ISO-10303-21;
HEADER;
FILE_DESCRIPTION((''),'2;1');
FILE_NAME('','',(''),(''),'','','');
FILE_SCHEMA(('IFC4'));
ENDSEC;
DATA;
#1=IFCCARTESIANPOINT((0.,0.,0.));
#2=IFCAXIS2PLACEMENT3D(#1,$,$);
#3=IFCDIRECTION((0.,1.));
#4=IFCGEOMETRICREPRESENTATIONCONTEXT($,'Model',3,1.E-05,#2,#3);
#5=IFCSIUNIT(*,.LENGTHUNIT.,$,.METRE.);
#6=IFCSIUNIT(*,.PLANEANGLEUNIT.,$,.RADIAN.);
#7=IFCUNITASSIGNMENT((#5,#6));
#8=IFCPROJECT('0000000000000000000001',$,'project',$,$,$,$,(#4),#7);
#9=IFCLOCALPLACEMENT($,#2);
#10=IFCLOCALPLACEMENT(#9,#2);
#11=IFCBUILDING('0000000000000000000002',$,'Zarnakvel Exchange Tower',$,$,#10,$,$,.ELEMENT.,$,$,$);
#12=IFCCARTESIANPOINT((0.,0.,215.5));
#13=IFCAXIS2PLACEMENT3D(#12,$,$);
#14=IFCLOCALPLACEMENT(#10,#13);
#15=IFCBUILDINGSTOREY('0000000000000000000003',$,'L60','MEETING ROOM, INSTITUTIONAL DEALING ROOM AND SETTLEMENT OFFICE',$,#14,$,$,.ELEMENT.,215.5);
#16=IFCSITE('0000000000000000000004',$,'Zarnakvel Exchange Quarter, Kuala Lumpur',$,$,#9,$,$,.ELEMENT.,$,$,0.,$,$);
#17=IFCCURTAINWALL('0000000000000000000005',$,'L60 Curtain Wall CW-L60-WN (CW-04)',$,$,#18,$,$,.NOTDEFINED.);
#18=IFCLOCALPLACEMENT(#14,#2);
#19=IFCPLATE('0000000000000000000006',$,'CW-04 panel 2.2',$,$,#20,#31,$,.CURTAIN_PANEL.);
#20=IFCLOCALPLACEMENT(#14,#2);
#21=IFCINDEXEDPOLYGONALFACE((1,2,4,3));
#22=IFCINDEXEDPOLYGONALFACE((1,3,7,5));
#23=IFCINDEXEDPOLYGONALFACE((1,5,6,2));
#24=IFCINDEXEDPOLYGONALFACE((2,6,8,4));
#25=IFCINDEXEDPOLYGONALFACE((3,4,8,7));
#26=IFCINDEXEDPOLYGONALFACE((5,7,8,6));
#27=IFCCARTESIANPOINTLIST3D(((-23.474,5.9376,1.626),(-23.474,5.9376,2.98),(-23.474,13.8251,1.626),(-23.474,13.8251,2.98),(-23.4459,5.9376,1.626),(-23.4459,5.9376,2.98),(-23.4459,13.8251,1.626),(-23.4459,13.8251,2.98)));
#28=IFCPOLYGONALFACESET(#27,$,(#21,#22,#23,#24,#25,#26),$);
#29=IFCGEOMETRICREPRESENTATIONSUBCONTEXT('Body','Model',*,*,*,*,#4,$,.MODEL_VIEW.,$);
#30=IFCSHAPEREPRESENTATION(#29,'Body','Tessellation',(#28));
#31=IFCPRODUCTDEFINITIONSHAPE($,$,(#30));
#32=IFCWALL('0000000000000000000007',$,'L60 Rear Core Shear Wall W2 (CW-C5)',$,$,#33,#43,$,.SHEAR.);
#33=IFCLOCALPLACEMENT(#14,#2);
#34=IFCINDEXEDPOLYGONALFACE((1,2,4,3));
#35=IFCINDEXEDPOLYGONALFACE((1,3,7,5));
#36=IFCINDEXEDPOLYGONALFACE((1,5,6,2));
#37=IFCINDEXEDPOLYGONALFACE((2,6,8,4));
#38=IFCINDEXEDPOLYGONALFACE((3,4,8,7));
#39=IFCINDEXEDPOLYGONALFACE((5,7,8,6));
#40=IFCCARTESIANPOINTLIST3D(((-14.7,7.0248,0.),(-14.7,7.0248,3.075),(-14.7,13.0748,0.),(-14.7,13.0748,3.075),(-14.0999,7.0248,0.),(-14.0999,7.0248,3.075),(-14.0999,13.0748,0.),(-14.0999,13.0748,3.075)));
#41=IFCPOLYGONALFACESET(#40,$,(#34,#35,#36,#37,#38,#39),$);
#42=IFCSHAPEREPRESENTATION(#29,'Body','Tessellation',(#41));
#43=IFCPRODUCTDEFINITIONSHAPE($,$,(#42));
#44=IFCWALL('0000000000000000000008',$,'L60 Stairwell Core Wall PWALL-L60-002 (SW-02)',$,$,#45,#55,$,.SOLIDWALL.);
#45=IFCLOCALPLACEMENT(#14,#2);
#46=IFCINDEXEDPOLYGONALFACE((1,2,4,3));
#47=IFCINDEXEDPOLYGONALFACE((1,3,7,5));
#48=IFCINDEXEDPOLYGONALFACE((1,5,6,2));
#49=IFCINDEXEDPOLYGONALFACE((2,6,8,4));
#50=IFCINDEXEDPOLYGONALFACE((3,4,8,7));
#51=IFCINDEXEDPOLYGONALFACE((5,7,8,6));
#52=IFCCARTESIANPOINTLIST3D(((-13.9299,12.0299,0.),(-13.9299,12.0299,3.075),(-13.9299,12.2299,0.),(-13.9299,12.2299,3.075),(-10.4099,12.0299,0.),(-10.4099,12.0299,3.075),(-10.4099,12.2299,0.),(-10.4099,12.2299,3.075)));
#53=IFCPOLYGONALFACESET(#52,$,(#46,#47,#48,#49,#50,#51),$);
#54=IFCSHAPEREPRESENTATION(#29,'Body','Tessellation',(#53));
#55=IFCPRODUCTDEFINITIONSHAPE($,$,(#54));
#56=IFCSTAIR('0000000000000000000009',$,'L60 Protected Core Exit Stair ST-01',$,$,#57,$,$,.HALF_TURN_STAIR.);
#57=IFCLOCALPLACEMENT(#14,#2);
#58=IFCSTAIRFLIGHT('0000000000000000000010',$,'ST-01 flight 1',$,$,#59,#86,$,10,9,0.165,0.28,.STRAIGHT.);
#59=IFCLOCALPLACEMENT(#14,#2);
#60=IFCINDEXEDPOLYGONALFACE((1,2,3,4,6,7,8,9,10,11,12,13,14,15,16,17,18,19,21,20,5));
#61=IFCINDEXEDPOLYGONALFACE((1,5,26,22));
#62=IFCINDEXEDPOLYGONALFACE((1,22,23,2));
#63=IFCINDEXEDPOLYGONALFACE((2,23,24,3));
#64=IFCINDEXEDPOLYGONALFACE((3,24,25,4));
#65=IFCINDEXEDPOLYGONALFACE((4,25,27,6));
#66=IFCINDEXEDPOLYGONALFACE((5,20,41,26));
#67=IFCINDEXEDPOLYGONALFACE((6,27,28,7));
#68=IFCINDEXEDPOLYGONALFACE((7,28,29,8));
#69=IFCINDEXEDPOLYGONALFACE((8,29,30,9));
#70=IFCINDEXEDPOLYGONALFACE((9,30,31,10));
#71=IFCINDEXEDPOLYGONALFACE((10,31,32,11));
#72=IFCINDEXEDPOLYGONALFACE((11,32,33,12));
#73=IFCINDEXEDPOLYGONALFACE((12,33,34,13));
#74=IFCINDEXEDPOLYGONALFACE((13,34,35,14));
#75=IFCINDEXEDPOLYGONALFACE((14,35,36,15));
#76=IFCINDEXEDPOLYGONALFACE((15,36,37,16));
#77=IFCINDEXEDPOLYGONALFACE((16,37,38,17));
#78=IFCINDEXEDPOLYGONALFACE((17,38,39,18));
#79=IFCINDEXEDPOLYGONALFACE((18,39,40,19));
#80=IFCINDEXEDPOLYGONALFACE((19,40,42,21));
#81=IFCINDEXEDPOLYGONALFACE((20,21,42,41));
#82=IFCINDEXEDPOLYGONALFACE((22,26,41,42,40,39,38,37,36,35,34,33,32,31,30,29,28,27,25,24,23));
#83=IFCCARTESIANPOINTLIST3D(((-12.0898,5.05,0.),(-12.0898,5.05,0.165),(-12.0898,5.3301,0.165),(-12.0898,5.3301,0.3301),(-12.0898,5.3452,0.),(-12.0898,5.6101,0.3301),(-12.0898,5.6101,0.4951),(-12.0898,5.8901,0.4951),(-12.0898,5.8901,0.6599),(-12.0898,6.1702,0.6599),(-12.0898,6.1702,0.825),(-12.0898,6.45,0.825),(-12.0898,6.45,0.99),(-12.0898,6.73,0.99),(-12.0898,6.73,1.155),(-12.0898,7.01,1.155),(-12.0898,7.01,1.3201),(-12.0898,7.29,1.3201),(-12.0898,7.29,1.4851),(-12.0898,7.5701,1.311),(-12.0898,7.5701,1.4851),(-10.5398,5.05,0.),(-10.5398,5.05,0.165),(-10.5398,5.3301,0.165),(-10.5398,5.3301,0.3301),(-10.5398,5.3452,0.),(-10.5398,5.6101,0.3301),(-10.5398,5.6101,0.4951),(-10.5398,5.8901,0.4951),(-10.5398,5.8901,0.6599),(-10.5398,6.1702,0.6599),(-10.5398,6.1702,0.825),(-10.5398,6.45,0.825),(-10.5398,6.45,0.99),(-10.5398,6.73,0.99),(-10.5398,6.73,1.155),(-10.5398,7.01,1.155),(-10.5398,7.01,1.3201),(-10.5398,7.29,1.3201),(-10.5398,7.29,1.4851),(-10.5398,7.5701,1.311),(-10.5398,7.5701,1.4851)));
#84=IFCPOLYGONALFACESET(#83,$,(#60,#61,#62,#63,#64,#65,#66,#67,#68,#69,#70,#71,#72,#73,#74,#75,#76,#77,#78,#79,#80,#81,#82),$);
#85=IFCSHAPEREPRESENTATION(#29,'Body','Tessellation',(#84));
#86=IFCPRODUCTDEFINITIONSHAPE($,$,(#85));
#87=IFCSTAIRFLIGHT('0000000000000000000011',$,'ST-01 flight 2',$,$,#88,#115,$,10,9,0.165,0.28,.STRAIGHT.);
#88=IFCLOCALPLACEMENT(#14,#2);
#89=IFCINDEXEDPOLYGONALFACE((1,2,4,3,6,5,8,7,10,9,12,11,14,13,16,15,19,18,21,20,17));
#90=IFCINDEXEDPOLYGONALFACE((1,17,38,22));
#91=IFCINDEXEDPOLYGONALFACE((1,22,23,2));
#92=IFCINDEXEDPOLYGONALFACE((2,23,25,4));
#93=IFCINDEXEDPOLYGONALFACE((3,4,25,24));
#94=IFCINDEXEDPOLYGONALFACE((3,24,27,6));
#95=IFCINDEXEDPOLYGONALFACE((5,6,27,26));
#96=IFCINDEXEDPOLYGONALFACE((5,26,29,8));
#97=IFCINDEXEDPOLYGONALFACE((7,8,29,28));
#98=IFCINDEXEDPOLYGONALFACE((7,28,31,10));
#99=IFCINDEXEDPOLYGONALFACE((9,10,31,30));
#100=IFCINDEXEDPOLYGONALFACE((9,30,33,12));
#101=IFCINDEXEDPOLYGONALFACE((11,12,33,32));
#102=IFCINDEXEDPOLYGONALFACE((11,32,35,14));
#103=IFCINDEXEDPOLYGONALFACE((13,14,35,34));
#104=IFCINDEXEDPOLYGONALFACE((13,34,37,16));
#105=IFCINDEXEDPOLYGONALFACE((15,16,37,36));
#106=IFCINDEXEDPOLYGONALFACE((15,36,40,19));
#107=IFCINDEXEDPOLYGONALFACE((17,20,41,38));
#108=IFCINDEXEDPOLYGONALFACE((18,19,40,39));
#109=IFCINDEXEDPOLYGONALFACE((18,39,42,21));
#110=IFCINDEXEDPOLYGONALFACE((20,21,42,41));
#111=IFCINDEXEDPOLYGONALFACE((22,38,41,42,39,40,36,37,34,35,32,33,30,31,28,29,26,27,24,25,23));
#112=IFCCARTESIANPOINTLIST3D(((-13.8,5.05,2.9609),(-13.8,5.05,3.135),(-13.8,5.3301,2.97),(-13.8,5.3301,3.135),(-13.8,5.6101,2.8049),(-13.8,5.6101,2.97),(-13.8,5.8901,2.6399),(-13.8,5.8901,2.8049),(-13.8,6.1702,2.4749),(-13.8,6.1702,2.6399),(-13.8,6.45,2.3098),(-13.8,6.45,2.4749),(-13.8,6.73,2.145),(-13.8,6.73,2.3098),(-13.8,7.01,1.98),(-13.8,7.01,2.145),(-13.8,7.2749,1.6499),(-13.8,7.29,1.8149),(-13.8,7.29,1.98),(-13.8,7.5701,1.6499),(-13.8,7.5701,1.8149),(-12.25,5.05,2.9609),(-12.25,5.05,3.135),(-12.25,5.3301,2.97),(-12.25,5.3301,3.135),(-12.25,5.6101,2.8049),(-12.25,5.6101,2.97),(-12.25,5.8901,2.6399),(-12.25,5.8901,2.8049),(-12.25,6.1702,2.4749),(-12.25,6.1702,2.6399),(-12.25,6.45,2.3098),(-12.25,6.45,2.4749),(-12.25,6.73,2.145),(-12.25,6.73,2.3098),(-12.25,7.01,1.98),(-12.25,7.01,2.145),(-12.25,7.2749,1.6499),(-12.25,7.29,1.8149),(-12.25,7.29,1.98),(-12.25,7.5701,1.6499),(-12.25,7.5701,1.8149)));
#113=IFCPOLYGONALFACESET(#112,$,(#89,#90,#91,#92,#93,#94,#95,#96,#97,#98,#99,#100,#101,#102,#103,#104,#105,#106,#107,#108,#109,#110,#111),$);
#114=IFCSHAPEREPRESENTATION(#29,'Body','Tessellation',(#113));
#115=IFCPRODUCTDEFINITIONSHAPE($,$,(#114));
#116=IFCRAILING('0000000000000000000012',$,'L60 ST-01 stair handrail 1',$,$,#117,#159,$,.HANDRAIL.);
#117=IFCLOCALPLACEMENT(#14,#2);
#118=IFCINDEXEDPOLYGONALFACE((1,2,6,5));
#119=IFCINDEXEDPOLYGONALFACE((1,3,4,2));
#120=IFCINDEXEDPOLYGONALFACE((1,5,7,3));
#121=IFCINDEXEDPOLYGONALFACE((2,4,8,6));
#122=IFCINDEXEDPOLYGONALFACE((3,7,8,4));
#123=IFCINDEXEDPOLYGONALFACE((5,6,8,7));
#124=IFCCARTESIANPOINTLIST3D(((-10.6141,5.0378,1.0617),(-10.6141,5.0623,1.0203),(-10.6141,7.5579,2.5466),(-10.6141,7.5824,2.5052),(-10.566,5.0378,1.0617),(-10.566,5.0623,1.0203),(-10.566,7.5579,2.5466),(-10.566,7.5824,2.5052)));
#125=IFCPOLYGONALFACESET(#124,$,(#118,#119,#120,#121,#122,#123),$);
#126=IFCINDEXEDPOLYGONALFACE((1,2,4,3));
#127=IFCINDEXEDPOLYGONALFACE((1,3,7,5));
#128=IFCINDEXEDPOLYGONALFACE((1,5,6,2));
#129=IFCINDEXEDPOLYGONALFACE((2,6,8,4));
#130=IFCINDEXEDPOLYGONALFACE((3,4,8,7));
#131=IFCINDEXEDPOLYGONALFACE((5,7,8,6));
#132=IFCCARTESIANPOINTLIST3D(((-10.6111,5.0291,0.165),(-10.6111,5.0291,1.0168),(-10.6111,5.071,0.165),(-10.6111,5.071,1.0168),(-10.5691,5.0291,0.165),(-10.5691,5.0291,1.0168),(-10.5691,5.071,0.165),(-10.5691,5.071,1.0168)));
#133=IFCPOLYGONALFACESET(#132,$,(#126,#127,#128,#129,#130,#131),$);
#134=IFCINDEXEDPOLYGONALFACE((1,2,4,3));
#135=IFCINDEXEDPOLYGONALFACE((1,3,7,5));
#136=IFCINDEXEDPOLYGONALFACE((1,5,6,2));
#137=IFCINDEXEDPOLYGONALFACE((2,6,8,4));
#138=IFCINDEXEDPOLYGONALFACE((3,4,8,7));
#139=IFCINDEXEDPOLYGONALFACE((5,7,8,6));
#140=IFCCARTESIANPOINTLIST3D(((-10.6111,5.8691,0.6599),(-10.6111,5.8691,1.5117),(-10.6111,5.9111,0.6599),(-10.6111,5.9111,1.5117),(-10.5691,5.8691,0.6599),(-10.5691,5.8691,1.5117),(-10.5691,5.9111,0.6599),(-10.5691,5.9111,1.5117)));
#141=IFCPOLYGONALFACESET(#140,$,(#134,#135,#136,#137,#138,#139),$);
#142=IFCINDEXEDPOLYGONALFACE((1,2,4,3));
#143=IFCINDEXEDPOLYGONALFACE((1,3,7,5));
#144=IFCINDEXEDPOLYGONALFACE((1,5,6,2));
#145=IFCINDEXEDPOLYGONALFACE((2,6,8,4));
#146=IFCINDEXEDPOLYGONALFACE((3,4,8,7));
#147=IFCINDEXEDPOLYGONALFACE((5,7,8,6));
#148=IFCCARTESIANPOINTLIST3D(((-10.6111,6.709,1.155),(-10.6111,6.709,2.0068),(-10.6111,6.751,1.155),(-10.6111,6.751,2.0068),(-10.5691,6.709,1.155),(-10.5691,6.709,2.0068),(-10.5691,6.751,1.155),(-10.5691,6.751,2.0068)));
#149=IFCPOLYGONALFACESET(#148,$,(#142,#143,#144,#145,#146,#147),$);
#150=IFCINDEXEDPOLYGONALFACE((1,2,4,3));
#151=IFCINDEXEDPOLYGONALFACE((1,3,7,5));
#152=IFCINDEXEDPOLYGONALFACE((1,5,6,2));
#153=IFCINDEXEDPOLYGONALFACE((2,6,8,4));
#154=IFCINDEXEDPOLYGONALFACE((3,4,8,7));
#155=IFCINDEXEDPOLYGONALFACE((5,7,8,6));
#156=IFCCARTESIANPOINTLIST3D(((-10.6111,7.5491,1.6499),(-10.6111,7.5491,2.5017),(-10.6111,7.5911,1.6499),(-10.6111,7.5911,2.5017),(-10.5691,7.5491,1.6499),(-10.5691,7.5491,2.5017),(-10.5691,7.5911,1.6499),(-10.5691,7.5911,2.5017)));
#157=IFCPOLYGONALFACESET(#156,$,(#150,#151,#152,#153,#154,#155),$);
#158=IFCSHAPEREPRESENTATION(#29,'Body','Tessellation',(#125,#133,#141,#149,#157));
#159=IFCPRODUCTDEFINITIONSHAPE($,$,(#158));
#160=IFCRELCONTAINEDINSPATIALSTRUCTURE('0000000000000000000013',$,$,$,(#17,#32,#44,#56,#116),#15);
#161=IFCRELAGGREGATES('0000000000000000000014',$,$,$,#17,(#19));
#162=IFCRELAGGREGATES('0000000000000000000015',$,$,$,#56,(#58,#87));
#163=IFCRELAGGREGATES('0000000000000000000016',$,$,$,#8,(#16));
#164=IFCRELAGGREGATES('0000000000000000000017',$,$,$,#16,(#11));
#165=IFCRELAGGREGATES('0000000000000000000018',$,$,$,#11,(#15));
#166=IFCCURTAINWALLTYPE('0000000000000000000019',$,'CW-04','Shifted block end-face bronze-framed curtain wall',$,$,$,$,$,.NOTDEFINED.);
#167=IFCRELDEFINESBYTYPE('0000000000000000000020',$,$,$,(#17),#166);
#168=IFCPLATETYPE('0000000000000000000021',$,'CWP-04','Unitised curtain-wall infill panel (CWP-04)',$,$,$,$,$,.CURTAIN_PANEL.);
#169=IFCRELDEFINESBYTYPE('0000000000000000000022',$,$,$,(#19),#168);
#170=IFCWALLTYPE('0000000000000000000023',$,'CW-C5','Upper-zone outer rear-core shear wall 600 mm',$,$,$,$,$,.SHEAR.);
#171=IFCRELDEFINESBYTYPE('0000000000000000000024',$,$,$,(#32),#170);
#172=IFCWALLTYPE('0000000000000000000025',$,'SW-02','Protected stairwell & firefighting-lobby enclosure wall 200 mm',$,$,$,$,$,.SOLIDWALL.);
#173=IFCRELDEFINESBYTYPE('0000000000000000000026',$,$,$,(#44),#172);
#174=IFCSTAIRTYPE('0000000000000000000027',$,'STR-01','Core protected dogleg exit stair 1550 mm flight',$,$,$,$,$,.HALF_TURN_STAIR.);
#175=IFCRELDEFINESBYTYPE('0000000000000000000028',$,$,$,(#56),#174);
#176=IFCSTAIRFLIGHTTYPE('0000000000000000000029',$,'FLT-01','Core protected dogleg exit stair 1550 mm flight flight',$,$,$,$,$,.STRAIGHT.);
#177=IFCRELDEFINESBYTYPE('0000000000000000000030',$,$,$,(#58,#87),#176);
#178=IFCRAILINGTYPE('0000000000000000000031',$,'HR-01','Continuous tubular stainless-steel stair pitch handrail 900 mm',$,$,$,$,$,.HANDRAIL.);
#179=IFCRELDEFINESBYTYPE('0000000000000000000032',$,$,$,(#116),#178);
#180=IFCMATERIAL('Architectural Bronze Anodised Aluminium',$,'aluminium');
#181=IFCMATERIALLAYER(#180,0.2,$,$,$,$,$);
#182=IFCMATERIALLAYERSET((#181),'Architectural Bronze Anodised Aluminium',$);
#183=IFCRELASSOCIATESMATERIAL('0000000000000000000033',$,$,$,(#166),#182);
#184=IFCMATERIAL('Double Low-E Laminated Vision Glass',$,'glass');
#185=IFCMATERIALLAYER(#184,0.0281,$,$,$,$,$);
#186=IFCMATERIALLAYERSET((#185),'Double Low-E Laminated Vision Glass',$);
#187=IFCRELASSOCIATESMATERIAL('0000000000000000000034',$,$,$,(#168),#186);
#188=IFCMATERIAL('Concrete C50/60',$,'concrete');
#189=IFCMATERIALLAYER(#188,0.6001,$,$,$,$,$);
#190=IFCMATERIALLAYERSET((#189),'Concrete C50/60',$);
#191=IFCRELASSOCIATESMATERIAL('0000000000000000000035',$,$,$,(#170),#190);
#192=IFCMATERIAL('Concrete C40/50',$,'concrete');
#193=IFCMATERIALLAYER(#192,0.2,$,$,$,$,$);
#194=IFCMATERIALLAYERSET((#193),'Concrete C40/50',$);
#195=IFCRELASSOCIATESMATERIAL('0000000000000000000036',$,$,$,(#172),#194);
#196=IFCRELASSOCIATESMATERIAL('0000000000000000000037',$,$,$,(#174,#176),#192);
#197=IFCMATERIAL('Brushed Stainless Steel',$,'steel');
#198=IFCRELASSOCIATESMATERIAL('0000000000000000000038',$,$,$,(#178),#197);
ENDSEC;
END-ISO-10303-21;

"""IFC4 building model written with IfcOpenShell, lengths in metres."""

from ifc_helpers import new_model, si_unit, direction, frame, frame_2d, origin, origin_2d, place, context, subcontext, project, spatial, polyline, rectangle, outline, extrude, source, transform, mapped, material, layer, layer_set, type_object, element, aggregate, save


model = new_model("IFC4")

# Units and contexts
model_context = context("Model", 3, precision=1e-05, world=origin(), true_north=direction((0.0, 1.0)))
body_context = subcontext(model_context, "Body", "Model", "MODEL_VIEW")
ifc_project = project(units=[si_unit("LENGTHUNIT", "METRE"), si_unit("PLANEANGLEUNIT", "RADIAN")], contexts=[model_context])

# Site, building, storey
site_placement = place(None, origin())
site = spatial("IfcSite", under=ifc_project, at=site_placement, Name="Zarnakvel Exchange Quarter, Kuala Lumpur", CompositionType="ELEMENT", RefElevation=0.0)
building_placement = place(site_placement, origin())
building = spatial("IfcBuilding", under=site, at=building_placement, Name="Zarnakvel Exchange Tower", CompositionType="ELEMENT")
storey_placement = place(building_placement, frame((0.0, 0.0, 215.5)))
storey = spatial("IfcBuildingStorey", under=building, at=storey_placement, Name="L60", Description="MEETING ROOM, INSTITUTIONAL DEALING ROOM AND SETTLEMENT OFFICE", CompositionType="ELEMENT", Elevation=215.5)

# Shared definitions
ifc_material_1 = material(Name="Concrete C50/60", Category="concrete")

# Curtain wall, plate
ifc_material_2 = material(Name="Architectural Bronze Anodised Aluminium", Category="aluminium")
ifc_layer_1 = layer(ifc_material_2, 0.2)
ifc_layer_set_1 = layer_set([ifc_layer_1], Name="Architectural Bronze Anodised Aluminium")
curtain_wall_type = type_object("IfcCurtainWallType", Name="CW-04", Description="Shifted block end-face bronze-framed curtain wall", PredefinedType="NOTDEFINED", material=ifc_layer_set_1)
curtain_wall_placement = place(storey_placement, origin())
curtain_wall = element("IfcCurtainWall", 1, at=curtain_wall_placement, inside=storey, type_object=curtain_wall_type, Name="L60 Curtain Wall CW-L60-WN (CW-04)", PredefinedType="NOTDEFINED")
ifc_material_3 = material(Name="Double Low-E Laminated Vision Glass", Category="glass")
ifc_layer_2 = layer(ifc_material_3, 0.0281)
ifc_layer_set_2 = layer_set([ifc_layer_2], Name="Double Low-E Laminated Vision Glass")
plate_type = type_object("IfcPlateType", Name="CWP-04", Description="Unitised curtain-wall infill panel (CWP-04)", PredefinedType="CURTAIN_PANEL", material=ifc_layer_set_2)
shared_shape_1 = source(origin(), body_context, "Body", "SweptSolid", [
    extrude(rectangle(XDim=7.8875, YDim=0.0281, at=origin_2d()), origin(), (0.0, 0.0, 1.0), 1.354),
])
plate_1_placement = place(storey_placement, frame((-23.46, 9.8813, 1.626), z_axis=(0.0, 0.0, 1.0), x_axis=(0.0, 1.0, 0.0)))
plate_1 = element("IfcPlate", 2, at=plate_1_placement, type_object=plate_type, Name="CW-04 panel 2.2", PredefinedType="CURTAIN_PANEL", context=body_context, shape_type="MappedRepresentation", body=[
    mapped(shared_shape_1, transform((0.0, 0.0, 0.0), x_axis=(1.0, 0.0, 0.0), y_axis=(0.0, 1.0, 0.0), z_axis=(0.0, 0.0, 1.0), scale=1.0)),
])
aggregate(curtain_wall, [plate_1])

# Wall
ifc_layer_3 = layer(ifc_material_1, 0.6001)
ifc_layer_set_3 = layer_set([ifc_layer_3], Name="Concrete C50/60")
wall_type_1 = type_object("IfcWallType", Name="CW-C5", Description="Upper-zone outer rear-core shear wall 600 mm", PredefinedType="SHEAR", material=ifc_layer_set_3)
wall_1_placement = place(storey_placement, frame((-14.3999, 7.0249, 0.0), z_axis=(0.0, 0.0, 1.0), x_axis=(0.0, 1.0, 0.0)))
element("IfcWall", 3, at=wall_1_placement, inside=storey, type_object=wall_type_1, Name="L60 Rear Core Shear Wall W2 (CW-C5)", PredefinedType="SHEAR", context=body_context, shape_type="SweptSolid", body=[
    extrude(rectangle(XDim=6.05, YDim=0.6001, at=frame_2d((3.0249, 0.0))), origin(), (0.0, 0.0, 1.0), 3.075),
])

# Shared definitions
ifc_material_4 = material(Name="Concrete C40/50", Category="concrete")
ifc_layer_4 = layer(ifc_material_4, 0.2)
ifc_layer_set_4 = layer_set([ifc_layer_4], Name="Concrete C40/50")
wall_type_2 = type_object("IfcWallType", Name="SW-02", Description="Protected stairwell & firefighting-lobby enclosure wall 200 mm", PredefinedType="SOLIDWALL", material=ifc_layer_set_4)

# Wall
wall_2_placement = place(storey_placement, frame((-13.9299, 12.1299, 0.0), z_axis=(0.0, 0.0, 1.0), x_axis=(1.0, 0.0, 0.0)))
element("IfcWall", 4, at=wall_2_placement, inside=storey, type_object=wall_type_2, Name="L60 Stairwell Core Wall PWALL-L60-002 (SW-02)", PredefinedType="SOLIDWALL", context=body_context, shape_type="SweptSolid", body=[
    extrude(rectangle(XDim=3.52, YDim=0.2, at=frame_2d((1.76, 0.0))), origin(), (0.0, 0.0, 1.0), 3.075),
])

# Stair, stair flights
stair_type = type_object("IfcStairType", Name="STR-01", Description="Core protected dogleg exit stair 1550 mm flight", PredefinedType="HALF_TURN_STAIR", material=ifc_material_4)
stair_placement = place(storey_placement, origin())
stair = element("IfcStair", 5, at=stair_placement, inside=storey, type_object=stair_type, Name="L60 Protected Core Exit Stair ST-01", PredefinedType="HALF_TURN_STAIR")
stair_flight_type = type_object("IfcStairFlightType", Name="FLT-01", Description="Core protected dogleg exit stair 1550 mm flight flight", PredefinedType="STRAIGHT", material=ifc_material_4)
stair_flight_1_placement = place(storey_placement, frame((-11.3149, 5.05, 0.0), z_axis=(0.0, 0.0, 1.0), x_axis=(0.0, 1.0, 0.0)))
stair_flight_1 = element("IfcStairFlight", 6, at=stair_flight_1_placement, type_object=stair_flight_type, Name="ST-01 flight 1", NumberOfRisers=10, NumberOfTreads=9, PredefinedType="STRAIGHT", RiserHeight=0.165, TreadLength=0.28, context=body_context, shape_type="SweptSolid", body=[
    extrude(outline(polyline([(0.0, 0.0), (0.0, 0.165), (0.28, 0.165), (0.28, 0.3301), (0.5601, 0.3301), (0.5601, 0.4951), (0.8401, 0.4951), (0.8401, 0.6599), (1.1201, 0.6599), (1.1201, 0.825), (1.3999, 0.825), (1.3999, 0.99), (1.6799, 0.99), (1.6799, 1.155), (1.96, 1.155), (1.96, 1.3201), (2.24, 1.3201), (2.24, 1.4851), (2.52, 1.4851), (2.52, 1.6499), (2.52, 1.311), (0.2952, 0.0), (0.0, 0.0)])), frame((0.0, 0.7749, 0.0), z_axis=(0.0, -1.0, 0.0), x_axis=(1.0, 0.0, 0.0)), (0.0, 0.0, 1.0), 1.55),
])
stair_flight_2_placement = place(storey_placement, frame((-13.0249, 7.5701, 1.6499), z_axis=(0.0, 0.0, 1.0), x_axis=(0.0, -1.0, 0.0)))
stair_flight_2 = element("IfcStairFlight", 7, at=stair_flight_2_placement, type_object=stair_flight_type, Name="ST-01 flight 2", NumberOfRisers=10, NumberOfTreads=9, PredefinedType="STRAIGHT", RiserHeight=0.165, TreadLength=0.28, context=body_context, shape_type="SweptSolid", body=[
    extrude(outline(polyline([(0.0, 0.0), (0.0, 0.165), (0.28, 0.165), (0.28, 0.3301), (0.5601, 0.3301), (0.5601, 0.4951), (0.8401, 0.4951), (0.8401, 0.6599), (1.1201, 0.6599), (1.1201, 0.825), (1.3999, 0.825), (1.3999, 0.99), (1.6799, 0.99), (1.6799, 1.155), (1.96, 1.155), (1.96, 1.3201), (2.24, 1.3201), (2.24, 1.4851), (2.52, 1.4851), (2.52, 1.6499), (2.52, 1.311), (0.2952, 0.0), (0.0, 0.0)])), frame((0.0, 0.7749, 0.0), z_axis=(0.0, -1.0, 0.0), x_axis=(1.0, 0.0, 0.0)), (0.0, 0.0, 1.0), 1.55),
])
aggregate(stair, [stair_flight_1, stair_flight_2])

# Railing
ifc_material_5 = material(Name="Brushed Stainless Steel", Category="steel")
railing_type_1 = type_object("IfcRailingType", Name="HR-01", Description="Continuous tubular stainless-steel stair pitch handrail 900 mm", PredefinedType="HANDRAIL", material=ifc_material_5)
railing_1_placement = place(storey_placement, frame((-10.5901, 5.05, 0.165)))
element("IfcRailing", 8, at=railing_1_placement, inside=storey, type_object=railing_type_1, Name="L60 ST-01 stair handrail 1", PredefinedType="HANDRAIL", context=body_context, shape_type="SweptSolid", body=[
    extrude(rectangle(XDim=0.0481, YDim=0.0481, at=origin_2d()), frame((0.0, 0.0, 0.876), z_axis=(0.0, 0.861561, 0.507655), x_axis=(-1.0, 0.0, 0.0)), (0.0, 0.0, 1.0), 2.925),
    extrude(rectangle(XDim=0.042, YDim=0.042, at=origin_2d()), origin(), (0.0, 0.0, 1.0), 0.8518),
    extrude(rectangle(XDim=0.042, YDim=0.042, at=origin_2d()), frame((0.0, 0.8401, 0.4949)), (0.0, 0.0, 1.0), 0.8518),
    extrude(rectangle(XDim=0.042, YDim=0.042, at=origin_2d()), frame((0.0, 1.6799, 0.99)), (0.0, 0.0, 1.0), 0.8518),
    extrude(rectangle(XDim=0.042, YDim=0.042, at=origin_2d()), frame((0.0, 2.52, 1.4849)), (0.0, 0.0, 1.0), 0.8518),
])

save(model, "model.ifc")
